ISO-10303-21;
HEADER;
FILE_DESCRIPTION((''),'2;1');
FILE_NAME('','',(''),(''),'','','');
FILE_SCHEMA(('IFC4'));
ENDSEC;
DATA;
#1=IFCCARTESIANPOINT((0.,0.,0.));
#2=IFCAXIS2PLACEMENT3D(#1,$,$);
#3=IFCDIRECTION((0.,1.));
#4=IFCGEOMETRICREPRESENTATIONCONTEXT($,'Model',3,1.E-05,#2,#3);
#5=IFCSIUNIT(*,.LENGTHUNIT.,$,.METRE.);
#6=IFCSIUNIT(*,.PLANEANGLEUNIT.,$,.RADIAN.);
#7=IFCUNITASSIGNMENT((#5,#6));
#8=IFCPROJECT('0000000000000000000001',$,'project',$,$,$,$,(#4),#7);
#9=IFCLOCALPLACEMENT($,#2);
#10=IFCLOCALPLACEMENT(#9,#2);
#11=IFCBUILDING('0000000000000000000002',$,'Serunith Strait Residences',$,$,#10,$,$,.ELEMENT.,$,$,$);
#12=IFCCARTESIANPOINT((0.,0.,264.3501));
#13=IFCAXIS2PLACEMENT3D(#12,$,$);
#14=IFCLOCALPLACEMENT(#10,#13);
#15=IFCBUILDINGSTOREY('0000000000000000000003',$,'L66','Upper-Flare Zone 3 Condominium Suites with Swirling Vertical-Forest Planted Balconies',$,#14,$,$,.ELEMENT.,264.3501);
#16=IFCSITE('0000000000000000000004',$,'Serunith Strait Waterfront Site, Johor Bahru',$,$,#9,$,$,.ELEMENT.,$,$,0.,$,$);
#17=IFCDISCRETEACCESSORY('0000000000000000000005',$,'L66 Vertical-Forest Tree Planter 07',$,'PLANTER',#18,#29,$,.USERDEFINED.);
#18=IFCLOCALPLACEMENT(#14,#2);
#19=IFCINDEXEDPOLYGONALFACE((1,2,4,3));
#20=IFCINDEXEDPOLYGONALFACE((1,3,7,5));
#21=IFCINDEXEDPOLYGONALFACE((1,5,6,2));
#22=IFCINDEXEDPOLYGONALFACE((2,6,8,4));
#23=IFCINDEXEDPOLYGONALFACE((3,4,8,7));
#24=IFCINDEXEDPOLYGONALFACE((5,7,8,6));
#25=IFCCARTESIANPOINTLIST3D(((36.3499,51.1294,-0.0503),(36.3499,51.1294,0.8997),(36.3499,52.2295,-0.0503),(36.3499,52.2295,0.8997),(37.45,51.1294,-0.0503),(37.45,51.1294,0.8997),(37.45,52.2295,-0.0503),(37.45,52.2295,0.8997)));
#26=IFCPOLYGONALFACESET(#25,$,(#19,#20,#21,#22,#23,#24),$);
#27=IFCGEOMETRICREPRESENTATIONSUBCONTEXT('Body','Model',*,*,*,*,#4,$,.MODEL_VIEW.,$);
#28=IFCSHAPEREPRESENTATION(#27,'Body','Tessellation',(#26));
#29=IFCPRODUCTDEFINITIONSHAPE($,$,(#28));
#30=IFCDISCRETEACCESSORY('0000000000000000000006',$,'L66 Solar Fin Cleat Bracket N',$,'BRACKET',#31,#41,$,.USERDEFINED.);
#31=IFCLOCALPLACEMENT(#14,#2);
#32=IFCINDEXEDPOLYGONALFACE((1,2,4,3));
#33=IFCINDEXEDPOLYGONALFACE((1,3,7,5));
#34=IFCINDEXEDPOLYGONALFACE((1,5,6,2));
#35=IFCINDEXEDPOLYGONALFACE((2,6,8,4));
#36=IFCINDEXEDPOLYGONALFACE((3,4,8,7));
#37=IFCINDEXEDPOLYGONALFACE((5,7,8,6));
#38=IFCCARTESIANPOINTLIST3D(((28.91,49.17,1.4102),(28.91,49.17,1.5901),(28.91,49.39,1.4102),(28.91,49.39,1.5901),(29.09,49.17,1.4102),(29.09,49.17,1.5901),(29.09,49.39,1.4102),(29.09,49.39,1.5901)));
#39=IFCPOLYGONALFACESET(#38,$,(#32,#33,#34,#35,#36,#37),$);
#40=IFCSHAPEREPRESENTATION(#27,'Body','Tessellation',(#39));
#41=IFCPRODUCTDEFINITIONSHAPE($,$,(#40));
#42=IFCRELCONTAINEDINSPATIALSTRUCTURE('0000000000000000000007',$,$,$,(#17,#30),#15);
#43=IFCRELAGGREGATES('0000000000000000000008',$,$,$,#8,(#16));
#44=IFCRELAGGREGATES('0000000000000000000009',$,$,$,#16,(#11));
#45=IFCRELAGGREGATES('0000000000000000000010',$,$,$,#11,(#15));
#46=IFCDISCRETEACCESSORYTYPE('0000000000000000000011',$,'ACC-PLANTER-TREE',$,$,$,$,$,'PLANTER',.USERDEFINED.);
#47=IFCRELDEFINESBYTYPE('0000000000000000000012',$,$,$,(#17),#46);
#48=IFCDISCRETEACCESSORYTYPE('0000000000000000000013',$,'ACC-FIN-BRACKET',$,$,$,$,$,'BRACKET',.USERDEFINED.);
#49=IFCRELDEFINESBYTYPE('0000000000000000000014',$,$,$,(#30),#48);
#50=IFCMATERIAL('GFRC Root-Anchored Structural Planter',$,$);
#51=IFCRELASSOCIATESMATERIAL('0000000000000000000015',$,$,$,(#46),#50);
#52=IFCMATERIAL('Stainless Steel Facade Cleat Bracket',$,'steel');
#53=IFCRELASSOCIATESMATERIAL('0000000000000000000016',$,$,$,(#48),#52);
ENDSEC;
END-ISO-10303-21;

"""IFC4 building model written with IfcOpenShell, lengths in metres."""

from ifc_helpers import new_model, si_unit, direction, frame, origin, origin_2d, place, context, subcontext, project, spatial, rectangle, extrude, source, transform, mapped, material, type_object, element, save


model = new_model("IFC4")

# Units and contexts
model_context = context("Model", 3, precision=1e-05, world=origin(), true_north=direction((0.0, 1.0)))
body_context = subcontext(model_context, "Body", "Model", "MODEL_VIEW")
ifc_project = project(units=[si_unit("LENGTHUNIT", "METRE"), si_unit("PLANEANGLEUNIT", "RADIAN")], contexts=[model_context])

# Site, building, storey
site_placement = place(None, origin())
site = spatial("IfcSite", under=ifc_project, at=site_placement, Name="Serunith Strait Waterfront Site, Johor Bahru", CompositionType="ELEMENT", RefElevation=0.0)
building_placement = place(site_placement, origin())
building = spatial("IfcBuilding", under=site, at=building_placement, Name="Serunith Strait Residences", CompositionType="ELEMENT")
storey_placement = place(building_placement, frame((0.0, 0.0, 264.3501)))
storey = spatial("IfcBuildingStorey", under=building, at=storey_placement, Name="L66", Description="Upper-Flare Zone 3 Condominium Suites with Swirling Vertical-Forest Planted Balconies", CompositionType="ELEMENT", Elevation=264.3501)

# Discrete accessories
ifc_material_1 = material(Name="GFRC Root-Anchored Structural Planter")
discrete_accessory_type_1 = type_object("IfcDiscreteAccessoryType", Name="ACC-PLANTER-TREE", ElementType="PLANTER", PredefinedType="USERDEFINED", material=ifc_material_1)
shared_shape_1 = source(origin(), body_context, "Body", "SweptSolid", [
    extrude(rectangle(XDim=1.1001, YDim=1.1001, at=origin_2d()), origin(), (0.0, 0.0, 1.0), 0.95),
])
discrete_accessory_1_placement = place(storey_placement, frame((36.8999, 51.6794, -0.0503), z_axis=(0.0, 0.0, 1.0), x_axis=(-1.0, 0.0, 0.0)))
element("IfcDiscreteAccessory", 1, at=discrete_accessory_1_placement, inside=storey, type_object=discrete_accessory_type_1, Name="L66 Vertical-Forest Tree Planter 07", ObjectType="PLANTER", PredefinedType="USERDEFINED", context=body_context, shape_type="MappedRepresentation", body=[
    mapped(shared_shape_1, transform((0.0, 0.0, 0.0), scale=1.0)),
])
ifc_material_2 = material(Name="Stainless Steel Facade Cleat Bracket", Category="steel")
discrete_accessory_type_2 = type_object("IfcDiscreteAccessoryType", Name="ACC-FIN-BRACKET", ElementType="BRACKET", PredefinedType="USERDEFINED", material=ifc_material_2)
shared_shape_2 = source(origin(), body_context, "Body", "SweptSolid", [
    extrude(rectangle(XDim=0.1799, YDim=0.22, at=origin_2d()), origin(), (0.0, 0.0, 1.0), 0.1799),
])
discrete_accessory_2_placement = place(storey_placement, frame((29.0, 49.28, 1.4102), z_axis=(0.0, 0.0, 1.0), x_axis=(1.0, 0.0, 0.0)))
element("IfcDiscreteAccessory", 2, at=discrete_accessory_2_placement, inside=storey, type_object=discrete_accessory_type_2, Name="L66 Solar Fin Cleat Bracket N", ObjectType="BRACKET", PredefinedType="USERDEFINED", context=body_context, shape_type="MappedRepresentation", body=[
    mapped(shared_shape_2, transform((0.0, 0.0, 0.0), scale=1.0)),
])

save(model, "model.ifc")
